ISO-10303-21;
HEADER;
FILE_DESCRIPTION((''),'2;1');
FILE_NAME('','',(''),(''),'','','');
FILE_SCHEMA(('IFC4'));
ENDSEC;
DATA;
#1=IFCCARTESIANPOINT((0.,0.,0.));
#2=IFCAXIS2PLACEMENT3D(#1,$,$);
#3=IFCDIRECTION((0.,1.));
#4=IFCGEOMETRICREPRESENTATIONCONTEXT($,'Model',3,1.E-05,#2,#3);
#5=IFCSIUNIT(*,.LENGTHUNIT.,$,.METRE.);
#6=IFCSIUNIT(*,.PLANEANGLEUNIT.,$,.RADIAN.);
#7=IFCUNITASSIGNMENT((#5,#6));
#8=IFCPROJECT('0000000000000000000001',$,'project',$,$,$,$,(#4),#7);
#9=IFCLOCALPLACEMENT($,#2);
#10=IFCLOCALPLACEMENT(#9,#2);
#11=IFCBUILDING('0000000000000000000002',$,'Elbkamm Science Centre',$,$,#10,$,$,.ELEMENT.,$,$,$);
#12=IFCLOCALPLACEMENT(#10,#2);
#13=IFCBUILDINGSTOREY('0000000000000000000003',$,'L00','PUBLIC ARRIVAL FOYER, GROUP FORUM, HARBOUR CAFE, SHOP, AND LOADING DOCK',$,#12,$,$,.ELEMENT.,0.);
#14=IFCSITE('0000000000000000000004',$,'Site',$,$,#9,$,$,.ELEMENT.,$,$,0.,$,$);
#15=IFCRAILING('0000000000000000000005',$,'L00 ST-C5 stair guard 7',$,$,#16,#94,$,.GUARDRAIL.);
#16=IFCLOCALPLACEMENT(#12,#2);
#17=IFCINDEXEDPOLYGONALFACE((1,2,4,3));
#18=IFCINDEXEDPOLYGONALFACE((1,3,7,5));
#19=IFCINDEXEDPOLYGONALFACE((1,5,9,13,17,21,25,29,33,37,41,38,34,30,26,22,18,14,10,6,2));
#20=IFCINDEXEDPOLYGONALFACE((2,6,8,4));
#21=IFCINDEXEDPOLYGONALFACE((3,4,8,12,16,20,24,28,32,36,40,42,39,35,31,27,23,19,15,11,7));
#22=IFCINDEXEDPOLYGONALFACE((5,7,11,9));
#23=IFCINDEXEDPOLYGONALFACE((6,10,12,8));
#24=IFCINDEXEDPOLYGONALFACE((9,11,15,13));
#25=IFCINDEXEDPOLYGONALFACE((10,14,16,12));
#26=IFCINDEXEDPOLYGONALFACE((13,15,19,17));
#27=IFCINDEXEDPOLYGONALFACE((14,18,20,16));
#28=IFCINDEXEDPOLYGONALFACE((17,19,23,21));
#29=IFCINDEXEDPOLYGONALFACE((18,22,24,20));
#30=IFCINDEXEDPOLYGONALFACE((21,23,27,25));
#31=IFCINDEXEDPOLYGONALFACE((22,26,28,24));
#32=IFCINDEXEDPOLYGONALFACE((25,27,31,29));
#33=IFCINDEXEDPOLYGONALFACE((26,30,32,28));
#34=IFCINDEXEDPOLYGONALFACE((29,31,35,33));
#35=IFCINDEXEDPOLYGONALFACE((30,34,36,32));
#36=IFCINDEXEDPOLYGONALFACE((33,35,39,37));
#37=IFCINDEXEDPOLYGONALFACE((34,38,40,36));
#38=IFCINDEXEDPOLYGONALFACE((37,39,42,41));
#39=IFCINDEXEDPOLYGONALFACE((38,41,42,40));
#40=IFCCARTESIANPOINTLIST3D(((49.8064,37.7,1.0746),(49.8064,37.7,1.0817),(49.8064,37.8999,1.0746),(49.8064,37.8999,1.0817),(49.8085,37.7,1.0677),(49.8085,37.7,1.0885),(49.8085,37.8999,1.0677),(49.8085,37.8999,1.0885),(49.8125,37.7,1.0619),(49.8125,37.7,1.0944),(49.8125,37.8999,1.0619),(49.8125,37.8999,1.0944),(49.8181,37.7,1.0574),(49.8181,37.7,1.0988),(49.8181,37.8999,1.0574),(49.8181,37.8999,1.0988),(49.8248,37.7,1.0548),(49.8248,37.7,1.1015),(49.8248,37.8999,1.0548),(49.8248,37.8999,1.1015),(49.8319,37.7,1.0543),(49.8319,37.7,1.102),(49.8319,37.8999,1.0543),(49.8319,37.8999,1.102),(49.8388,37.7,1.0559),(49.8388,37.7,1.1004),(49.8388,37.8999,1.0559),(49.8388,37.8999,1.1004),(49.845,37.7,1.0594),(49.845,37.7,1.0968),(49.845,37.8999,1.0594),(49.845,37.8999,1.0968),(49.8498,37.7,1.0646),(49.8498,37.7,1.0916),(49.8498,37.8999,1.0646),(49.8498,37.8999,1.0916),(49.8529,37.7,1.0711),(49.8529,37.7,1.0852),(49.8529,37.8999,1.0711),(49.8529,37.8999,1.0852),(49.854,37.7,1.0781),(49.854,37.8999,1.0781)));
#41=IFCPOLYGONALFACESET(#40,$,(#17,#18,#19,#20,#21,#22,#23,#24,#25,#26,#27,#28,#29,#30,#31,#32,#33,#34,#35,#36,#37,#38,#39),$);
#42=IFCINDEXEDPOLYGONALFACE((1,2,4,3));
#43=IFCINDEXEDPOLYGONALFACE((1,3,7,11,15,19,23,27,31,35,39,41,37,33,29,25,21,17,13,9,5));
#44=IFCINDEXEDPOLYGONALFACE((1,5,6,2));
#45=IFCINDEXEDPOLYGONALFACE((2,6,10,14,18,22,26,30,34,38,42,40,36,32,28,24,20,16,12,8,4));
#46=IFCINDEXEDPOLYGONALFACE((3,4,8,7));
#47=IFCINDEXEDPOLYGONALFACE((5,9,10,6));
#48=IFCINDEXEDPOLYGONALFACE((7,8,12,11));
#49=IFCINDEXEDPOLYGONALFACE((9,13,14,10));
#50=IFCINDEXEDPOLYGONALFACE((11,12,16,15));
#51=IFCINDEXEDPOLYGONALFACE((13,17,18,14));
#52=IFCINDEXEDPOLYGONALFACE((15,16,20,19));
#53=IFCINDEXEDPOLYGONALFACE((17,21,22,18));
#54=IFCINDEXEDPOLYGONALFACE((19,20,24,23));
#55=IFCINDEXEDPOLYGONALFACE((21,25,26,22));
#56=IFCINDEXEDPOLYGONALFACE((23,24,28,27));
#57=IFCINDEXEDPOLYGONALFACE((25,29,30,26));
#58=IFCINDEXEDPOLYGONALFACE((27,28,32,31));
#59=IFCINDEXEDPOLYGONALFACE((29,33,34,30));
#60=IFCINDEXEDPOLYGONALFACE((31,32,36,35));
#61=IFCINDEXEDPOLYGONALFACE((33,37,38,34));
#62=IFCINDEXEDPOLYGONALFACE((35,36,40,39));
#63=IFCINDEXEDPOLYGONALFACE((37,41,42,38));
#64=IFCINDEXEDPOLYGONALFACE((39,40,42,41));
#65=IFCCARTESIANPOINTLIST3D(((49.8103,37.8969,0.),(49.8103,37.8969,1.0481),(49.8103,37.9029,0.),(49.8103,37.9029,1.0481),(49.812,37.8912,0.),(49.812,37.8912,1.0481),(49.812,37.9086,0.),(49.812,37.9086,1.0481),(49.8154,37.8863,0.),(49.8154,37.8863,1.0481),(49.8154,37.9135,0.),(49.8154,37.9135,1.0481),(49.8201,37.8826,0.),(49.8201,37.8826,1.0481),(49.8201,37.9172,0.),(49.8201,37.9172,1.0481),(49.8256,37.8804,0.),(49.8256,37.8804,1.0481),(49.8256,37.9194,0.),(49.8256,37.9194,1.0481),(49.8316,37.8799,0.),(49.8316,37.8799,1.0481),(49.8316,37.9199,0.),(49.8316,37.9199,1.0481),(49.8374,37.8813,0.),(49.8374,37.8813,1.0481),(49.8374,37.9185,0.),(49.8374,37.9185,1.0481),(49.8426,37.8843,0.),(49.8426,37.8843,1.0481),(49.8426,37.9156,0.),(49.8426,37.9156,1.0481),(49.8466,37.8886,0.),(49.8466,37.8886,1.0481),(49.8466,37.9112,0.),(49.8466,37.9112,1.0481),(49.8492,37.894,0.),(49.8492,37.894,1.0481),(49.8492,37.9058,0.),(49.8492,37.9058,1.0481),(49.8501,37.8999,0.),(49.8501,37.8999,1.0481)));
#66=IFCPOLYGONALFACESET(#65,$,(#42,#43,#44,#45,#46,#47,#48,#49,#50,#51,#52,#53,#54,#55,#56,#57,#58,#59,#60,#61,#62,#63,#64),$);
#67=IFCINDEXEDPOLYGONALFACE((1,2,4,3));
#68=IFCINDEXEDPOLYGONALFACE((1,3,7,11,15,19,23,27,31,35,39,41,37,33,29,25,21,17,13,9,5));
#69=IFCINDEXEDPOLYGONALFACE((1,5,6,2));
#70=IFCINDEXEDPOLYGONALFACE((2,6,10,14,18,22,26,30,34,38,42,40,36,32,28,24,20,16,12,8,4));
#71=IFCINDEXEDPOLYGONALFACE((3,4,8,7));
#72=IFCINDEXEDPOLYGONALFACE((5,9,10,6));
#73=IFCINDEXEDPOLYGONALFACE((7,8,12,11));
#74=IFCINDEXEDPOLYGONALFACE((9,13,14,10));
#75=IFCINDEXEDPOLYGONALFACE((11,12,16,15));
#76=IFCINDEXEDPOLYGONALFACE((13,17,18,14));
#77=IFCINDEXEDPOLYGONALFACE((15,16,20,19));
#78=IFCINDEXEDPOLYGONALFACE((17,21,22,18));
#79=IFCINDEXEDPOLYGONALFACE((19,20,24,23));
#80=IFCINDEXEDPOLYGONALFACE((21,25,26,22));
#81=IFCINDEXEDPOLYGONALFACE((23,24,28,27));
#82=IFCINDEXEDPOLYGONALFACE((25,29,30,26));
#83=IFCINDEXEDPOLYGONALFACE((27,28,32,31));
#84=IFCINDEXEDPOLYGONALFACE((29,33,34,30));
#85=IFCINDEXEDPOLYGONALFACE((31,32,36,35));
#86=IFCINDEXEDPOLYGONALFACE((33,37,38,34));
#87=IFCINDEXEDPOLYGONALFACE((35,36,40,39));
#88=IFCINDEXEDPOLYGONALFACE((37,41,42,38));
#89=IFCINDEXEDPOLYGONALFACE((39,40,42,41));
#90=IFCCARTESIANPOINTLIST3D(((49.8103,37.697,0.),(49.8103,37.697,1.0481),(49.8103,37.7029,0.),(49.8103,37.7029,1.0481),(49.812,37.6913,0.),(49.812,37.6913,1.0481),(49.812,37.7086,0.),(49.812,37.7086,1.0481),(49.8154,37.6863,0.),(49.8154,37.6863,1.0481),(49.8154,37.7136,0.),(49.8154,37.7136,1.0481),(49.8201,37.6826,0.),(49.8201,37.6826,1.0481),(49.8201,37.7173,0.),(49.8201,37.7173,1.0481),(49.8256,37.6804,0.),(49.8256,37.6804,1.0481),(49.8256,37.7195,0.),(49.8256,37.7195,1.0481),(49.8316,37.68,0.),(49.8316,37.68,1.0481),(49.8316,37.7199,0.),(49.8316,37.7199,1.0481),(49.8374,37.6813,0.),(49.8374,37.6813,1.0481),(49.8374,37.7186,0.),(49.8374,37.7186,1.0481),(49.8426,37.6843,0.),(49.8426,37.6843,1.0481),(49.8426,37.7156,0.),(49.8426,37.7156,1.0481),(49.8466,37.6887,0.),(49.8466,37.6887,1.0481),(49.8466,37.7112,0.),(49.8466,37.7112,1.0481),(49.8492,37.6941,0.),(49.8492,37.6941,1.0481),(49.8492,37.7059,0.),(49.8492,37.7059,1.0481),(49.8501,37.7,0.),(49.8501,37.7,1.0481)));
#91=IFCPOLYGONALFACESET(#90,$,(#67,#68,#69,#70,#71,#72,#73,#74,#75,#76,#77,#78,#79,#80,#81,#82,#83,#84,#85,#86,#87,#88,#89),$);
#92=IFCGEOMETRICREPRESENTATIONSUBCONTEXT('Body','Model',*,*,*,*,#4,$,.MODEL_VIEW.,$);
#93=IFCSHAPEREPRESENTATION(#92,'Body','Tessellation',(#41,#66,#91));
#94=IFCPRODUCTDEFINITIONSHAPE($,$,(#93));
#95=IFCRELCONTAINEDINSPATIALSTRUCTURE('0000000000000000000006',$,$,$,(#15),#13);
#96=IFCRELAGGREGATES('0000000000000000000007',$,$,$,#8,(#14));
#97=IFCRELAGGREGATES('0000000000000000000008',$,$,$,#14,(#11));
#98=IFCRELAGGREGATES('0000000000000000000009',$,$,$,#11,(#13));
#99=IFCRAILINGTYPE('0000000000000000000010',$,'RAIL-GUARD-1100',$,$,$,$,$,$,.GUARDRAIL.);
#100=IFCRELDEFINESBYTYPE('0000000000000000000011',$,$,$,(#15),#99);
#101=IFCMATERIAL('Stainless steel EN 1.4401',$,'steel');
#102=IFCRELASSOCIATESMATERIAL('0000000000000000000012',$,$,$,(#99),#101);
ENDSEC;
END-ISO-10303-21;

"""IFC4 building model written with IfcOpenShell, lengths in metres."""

from ifc_helpers import new_model, si_unit, direction, frame, origin, origin_2d, place, context, subcontext, project, spatial, circle, extrude, material, type_object, element, save


model = new_model("IFC4")

# Units and contexts
model_context = context("Model", 3, precision=1e-05, world=origin(), true_north=direction((0.0, 1.0)))
body_context = subcontext(model_context, "Body", "Model", "MODEL_VIEW")
ifc_project = project(units=[si_unit("LENGTHUNIT", "METRE"), si_unit("PLANEANGLEUNIT", "RADIAN")], contexts=[model_context])

# Site, building, storey
site_placement = place(None, origin())
site = spatial("IfcSite", under=ifc_project, at=site_placement, Name="Site", CompositionType="ELEMENT", RefElevation=0.0)
building_placement = place(site_placement, origin())
building = spatial("IfcBuilding", under=site, at=building_placement, Name="Elbkamm Science Centre", CompositionType="ELEMENT")
storey_placement = place(building_placement, origin())
storey = spatial("IfcBuildingStorey", under=building, at=storey_placement, Name="L00", Description="PUBLIC ARRIVAL FOYER, GROUP FORUM, HARBOUR CAFE, SHOP, AND LOADING DOCK", CompositionType="ELEMENT", Elevation=0.0)

# Railing
ifc_material_1 = material(Name="Stainless steel EN 1.4401", Category="steel")
railing_type_1 = type_object("IfcRailingType", Name="RAIL-GUARD-1100", PredefinedType="GUARDRAIL", material=ifc_material_1)
railing_1_placement = place(storey_placement, frame((49.8301, 37.8999, 0.0)))
element("IfcRailing", 1, at=railing_1_placement, inside=storey, type_object=railing_type_1, Name="L00 ST-C5 stair guard 7", PredefinedType="GUARDRAIL", context=body_context, shape_type="SweptSolid", body=[
    extrude(circle(Radius=0.0239, at=origin_2d()), frame((0.0, 0.0, 1.0781), z_axis=(0.0, -1.0, 0.0), x_axis=(1.0, 0.0, 0.0)), (0.0, 0.0, 1.0), 0.2),
    extrude(circle(Radius=0.02, at=origin_2d()), origin(), (0.0, 0.0, 1.0), 1.0481),
    extrude(circle(Radius=0.02, at=origin_2d()), frame((0.0, -0.2, 0.0)), (0.0, 0.0, 1.0), 1.0481),
])

save(model, "model.ifc")
